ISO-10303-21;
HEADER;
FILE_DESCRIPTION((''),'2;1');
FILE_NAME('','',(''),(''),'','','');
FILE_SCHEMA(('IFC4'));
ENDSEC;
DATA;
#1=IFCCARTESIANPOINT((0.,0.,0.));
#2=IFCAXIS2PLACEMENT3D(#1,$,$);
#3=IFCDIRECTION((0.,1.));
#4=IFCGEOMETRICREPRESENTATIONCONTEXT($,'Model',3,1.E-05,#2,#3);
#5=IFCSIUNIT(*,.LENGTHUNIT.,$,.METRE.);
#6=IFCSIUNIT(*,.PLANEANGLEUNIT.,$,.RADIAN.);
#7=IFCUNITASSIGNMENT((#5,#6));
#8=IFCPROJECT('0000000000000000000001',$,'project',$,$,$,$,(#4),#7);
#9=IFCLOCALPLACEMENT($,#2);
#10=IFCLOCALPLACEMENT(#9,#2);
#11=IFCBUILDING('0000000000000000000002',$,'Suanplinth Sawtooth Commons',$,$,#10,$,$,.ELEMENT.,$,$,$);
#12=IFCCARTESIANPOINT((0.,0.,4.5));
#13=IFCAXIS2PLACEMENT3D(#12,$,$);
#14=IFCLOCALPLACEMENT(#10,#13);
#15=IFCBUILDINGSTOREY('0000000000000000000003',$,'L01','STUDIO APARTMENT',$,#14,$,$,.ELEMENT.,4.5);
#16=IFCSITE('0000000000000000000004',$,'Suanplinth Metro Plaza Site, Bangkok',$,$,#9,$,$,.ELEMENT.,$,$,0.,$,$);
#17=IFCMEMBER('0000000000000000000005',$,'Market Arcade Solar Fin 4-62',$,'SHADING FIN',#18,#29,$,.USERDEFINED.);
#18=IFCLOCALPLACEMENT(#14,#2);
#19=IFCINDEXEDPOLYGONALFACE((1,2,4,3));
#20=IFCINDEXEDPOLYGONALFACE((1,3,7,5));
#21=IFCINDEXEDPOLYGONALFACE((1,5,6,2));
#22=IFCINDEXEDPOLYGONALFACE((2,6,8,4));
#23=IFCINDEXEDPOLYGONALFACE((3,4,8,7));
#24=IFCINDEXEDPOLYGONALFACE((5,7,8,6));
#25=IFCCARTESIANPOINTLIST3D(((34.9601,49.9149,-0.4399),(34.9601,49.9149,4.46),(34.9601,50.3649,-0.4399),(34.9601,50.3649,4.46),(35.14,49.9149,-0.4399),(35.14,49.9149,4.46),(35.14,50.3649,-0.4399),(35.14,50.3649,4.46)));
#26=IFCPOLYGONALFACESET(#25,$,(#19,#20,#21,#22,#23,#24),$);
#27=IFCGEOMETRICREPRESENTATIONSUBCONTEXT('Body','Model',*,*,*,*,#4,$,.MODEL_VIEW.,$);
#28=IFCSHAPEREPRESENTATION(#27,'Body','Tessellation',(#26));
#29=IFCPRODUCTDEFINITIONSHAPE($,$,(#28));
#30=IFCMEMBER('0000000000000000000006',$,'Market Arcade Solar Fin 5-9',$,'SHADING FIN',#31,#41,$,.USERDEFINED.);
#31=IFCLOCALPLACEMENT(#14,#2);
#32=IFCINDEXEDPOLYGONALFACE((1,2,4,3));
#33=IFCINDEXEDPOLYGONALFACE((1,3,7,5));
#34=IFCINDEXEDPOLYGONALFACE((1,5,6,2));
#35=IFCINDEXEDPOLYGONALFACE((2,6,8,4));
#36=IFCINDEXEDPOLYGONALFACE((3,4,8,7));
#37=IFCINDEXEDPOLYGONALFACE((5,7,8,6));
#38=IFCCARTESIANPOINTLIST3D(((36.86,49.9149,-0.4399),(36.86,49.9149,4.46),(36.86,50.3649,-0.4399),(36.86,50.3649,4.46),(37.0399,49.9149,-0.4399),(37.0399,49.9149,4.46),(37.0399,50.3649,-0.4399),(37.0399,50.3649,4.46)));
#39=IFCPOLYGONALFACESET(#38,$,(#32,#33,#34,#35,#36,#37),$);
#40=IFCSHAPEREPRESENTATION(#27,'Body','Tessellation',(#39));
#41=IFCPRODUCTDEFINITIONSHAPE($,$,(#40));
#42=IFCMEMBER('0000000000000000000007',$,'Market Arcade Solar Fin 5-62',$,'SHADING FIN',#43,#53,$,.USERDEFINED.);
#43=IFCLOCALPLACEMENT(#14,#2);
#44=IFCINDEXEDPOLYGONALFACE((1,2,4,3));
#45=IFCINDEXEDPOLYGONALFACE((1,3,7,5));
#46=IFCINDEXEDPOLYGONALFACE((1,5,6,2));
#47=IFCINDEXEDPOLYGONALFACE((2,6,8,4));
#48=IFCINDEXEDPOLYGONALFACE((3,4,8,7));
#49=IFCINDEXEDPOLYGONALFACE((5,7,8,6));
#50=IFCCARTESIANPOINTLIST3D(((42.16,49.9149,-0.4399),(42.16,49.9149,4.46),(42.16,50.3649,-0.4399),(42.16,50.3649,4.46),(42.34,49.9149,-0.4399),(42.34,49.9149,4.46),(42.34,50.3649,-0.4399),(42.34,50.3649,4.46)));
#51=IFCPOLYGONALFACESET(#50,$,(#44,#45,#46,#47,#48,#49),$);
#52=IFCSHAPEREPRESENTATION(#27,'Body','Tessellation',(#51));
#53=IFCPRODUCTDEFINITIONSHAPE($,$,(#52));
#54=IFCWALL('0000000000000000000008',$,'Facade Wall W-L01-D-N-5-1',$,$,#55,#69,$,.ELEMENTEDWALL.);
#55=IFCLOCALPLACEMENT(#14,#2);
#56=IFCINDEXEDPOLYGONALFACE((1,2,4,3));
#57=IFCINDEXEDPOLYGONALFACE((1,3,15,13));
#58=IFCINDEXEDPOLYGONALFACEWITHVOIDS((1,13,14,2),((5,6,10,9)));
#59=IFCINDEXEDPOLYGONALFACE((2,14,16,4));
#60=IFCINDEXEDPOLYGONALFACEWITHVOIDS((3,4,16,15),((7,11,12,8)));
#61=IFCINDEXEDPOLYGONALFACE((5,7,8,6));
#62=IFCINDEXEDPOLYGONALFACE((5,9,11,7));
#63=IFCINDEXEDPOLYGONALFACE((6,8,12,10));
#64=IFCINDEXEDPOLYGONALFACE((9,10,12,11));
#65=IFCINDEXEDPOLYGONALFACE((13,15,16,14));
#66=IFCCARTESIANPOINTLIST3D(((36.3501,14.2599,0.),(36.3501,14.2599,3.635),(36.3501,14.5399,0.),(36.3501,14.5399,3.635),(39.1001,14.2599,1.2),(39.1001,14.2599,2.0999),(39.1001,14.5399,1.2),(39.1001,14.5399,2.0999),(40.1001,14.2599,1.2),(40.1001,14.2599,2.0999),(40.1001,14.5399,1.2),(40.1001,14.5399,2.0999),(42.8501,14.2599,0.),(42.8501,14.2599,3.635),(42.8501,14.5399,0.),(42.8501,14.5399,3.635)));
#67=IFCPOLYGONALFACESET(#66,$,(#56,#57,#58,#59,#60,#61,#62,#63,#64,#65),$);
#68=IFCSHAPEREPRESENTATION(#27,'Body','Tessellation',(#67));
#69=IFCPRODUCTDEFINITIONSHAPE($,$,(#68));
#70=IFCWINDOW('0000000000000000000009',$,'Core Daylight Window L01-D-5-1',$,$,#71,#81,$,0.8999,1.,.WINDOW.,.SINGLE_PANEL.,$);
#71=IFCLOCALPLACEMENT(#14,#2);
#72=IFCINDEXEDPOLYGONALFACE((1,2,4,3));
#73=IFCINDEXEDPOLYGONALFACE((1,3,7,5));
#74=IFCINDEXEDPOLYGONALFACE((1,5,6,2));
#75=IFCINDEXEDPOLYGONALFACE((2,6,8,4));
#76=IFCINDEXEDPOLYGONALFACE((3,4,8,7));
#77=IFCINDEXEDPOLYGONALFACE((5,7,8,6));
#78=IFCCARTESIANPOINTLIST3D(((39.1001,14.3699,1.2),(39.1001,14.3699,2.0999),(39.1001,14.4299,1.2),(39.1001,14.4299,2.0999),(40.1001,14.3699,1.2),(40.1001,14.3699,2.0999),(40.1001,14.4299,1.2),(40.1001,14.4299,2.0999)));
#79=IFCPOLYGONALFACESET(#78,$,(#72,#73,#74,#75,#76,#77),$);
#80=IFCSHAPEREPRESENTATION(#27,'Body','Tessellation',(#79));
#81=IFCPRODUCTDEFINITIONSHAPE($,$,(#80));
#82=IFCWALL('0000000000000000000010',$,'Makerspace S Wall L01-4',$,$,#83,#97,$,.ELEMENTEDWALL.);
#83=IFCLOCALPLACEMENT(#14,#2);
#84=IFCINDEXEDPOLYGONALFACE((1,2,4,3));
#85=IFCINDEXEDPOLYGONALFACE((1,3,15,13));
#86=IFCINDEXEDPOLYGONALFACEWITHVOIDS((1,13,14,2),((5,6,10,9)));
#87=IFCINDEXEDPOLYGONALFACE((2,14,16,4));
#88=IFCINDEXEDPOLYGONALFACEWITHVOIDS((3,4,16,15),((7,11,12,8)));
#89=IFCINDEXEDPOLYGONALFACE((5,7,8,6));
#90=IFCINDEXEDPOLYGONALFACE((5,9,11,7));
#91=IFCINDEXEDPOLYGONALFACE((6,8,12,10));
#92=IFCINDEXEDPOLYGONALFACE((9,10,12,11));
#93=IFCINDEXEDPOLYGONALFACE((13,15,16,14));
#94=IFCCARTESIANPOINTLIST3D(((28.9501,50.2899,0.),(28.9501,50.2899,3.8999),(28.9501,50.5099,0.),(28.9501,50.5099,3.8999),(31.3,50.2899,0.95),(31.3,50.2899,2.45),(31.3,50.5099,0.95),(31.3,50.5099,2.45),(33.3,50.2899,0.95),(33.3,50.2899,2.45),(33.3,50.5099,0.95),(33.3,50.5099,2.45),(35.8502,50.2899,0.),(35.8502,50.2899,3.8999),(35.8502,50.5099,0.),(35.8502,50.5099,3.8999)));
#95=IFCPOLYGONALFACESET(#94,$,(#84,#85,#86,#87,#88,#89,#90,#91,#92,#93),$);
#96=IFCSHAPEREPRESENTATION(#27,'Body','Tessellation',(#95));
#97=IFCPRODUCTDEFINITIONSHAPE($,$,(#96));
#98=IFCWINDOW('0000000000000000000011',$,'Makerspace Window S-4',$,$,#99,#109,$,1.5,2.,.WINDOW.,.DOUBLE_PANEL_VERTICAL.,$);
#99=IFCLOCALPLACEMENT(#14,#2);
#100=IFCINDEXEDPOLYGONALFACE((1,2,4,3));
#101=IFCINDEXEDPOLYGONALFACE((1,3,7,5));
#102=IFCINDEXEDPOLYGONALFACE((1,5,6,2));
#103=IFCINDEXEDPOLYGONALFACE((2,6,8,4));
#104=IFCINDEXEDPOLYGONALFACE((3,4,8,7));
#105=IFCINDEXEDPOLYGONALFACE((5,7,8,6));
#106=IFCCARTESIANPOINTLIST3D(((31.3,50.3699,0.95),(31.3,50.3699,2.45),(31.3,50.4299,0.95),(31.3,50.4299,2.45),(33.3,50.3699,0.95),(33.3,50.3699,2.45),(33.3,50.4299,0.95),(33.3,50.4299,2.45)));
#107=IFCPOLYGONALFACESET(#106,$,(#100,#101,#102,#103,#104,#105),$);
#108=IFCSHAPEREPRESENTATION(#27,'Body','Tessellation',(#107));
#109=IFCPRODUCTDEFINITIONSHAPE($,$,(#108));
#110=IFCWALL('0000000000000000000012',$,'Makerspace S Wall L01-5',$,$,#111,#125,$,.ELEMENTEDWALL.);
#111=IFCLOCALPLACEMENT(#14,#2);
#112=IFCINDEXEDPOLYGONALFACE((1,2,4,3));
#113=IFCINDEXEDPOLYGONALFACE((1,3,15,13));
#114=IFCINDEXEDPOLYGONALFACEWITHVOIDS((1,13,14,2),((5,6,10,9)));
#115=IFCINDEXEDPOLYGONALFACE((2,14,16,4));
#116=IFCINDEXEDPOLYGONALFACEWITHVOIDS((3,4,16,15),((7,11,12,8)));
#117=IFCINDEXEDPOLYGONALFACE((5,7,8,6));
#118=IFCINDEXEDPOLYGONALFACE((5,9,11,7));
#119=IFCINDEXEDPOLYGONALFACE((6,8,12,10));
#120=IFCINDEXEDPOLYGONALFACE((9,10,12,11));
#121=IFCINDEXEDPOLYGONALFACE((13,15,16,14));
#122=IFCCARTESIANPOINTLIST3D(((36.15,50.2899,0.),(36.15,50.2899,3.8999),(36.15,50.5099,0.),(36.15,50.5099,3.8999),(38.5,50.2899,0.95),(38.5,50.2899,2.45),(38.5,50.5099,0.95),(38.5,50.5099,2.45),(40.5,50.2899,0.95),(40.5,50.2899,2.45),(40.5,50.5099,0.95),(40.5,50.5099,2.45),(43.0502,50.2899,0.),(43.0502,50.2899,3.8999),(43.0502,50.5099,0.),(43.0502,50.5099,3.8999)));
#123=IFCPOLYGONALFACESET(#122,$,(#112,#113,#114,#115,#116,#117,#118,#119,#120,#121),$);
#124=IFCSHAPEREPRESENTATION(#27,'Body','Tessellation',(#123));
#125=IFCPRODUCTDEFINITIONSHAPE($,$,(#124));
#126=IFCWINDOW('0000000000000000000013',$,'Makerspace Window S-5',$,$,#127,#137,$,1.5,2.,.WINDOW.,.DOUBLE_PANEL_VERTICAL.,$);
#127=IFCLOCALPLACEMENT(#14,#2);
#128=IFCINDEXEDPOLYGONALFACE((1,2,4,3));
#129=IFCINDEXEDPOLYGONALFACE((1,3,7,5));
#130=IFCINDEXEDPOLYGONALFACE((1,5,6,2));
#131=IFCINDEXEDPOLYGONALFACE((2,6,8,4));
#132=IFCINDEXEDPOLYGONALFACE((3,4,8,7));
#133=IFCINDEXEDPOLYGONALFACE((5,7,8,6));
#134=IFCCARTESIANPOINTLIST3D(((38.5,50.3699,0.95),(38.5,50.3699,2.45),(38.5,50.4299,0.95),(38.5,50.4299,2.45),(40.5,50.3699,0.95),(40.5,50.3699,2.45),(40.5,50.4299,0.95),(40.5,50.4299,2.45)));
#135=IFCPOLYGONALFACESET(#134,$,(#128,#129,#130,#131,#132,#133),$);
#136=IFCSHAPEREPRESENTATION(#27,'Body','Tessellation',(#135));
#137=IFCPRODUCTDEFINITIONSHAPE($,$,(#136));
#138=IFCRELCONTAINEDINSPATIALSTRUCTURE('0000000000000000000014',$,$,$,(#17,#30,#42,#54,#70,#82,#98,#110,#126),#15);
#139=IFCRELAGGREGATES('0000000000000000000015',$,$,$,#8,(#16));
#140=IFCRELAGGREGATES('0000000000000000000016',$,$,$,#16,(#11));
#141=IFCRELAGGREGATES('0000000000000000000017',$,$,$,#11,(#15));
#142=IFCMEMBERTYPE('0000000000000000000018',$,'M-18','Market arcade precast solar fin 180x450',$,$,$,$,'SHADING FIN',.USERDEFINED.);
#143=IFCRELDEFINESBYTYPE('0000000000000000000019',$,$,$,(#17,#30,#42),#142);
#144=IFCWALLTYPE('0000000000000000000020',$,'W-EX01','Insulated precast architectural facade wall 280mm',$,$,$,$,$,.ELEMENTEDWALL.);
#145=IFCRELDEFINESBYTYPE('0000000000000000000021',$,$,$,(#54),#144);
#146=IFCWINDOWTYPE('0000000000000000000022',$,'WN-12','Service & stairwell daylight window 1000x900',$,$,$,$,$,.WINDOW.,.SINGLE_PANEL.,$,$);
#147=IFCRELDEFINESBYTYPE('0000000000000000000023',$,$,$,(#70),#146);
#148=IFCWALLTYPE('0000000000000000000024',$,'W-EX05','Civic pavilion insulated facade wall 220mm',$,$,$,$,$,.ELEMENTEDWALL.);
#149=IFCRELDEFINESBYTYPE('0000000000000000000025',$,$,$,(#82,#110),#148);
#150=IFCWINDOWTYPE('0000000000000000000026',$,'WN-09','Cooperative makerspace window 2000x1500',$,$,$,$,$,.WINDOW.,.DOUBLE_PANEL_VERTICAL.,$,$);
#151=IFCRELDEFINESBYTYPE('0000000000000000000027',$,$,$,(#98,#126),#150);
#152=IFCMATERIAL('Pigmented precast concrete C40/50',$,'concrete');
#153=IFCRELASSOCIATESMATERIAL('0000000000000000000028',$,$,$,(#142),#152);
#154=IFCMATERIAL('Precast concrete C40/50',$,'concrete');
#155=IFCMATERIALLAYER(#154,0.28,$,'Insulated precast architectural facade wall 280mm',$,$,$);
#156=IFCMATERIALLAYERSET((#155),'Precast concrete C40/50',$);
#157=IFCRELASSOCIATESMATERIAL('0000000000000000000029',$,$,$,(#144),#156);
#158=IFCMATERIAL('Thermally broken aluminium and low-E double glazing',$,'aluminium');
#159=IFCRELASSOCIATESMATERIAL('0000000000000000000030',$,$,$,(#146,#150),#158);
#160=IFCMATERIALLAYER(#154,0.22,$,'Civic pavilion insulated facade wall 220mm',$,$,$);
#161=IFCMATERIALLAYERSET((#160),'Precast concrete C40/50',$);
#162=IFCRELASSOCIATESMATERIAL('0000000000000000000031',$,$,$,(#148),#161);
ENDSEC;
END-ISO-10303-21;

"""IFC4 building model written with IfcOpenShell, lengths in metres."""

from ifc_helpers import new_model, si_unit, direction, frame, frame_2d, origin, origin_2d, place, context, subcontext, project, spatial, rectangle, extrude, material, layer, layer_set, material_profile, profile_set, type_object, element, fill, save


model = new_model("IFC4")

# Units and contexts
model_context = context("Model", 3, precision=1e-05, world=origin(), true_north=direction((0.0, 1.0)))
body_context = subcontext(model_context, "Body", "Model", "MODEL_VIEW")
ifc_project = project(units=[si_unit("LENGTHUNIT", "METRE"), si_unit("PLANEANGLEUNIT", "RADIAN")], contexts=[model_context])

# Site, building, storey
site_placement = place(None, origin())
site = spatial("IfcSite", under=ifc_project, at=site_placement, Name="Suanplinth Metro Plaza Site, Bangkok", CompositionType="ELEMENT", RefElevation=0.0)
building_placement = place(site_placement, origin())
building = spatial("IfcBuilding", under=site, at=building_placement, Name="Suanplinth Sawtooth Commons", CompositionType="ELEMENT")
storey_placement = place(building_placement, frame((0.0, 0.0, 4.5)))
storey = spatial("IfcBuildingStorey", under=building, at=storey_placement, Name="L01", Description="STUDIO APARTMENT", CompositionType="ELEMENT", Elevation=4.5)

# Shared definitions
ifc_material_1 = material(Name="Precast concrete C40/50", Category="concrete")

# Members
ifc_material_2 = material(Name="Pigmented precast concrete C40/50", Category="concrete")
ifc_material_profile_1 = material_profile(ifc_material_2, rectangle(XDim=0.1799, YDim=0.45, at=origin_2d()), Name="PC-FIN 180x450")
ifc_profile_set_1 = profile_set([ifc_material_profile_1], Name="Pigmented precast concrete C40/50")
member_type_1 = type_object("IfcMemberType", Name="M-18", Description="Market arcade precast solar fin 180x450", ElementType="SHADING FIN", PredefinedType="USERDEFINED", material=ifc_profile_set_1)
for number, where, z_axis, x_axis, name in (
    (1, (35.05, 50.1399, -0.4399), (0.0, 0.0, 1.0), (1.0, 0.0, 0.0), "Market Arcade Solar Fin 4-62"),
    (2, (36.95, 50.1399, -0.4399), (0.0, 0.0, 1.0), (1.0, 0.0, 0.0), "Market Arcade Solar Fin 5-9"),
    (3, (42.25, 50.1399, -0.4399), (0.0, 0.0, 1.0), (1.0, 0.0, 0.0), "Market Arcade Solar Fin 5-62"),
):
    element("IfcMember", number, at=place(storey_placement, frame(where, z_axis=z_axis, x_axis=x_axis)), inside=storey, type_object=member_type_1, Name=name, ObjectType="SHADING FIN", PredefinedType="USERDEFINED", context=body_context, shape_type="SweptSolid", body=[
        extrude(rectangle(XDim=0.1799, YDim=0.45, at=origin_2d()), origin(), (0.0, 0.0, 1.0), 4.8999),
    ])

# Walls, openings, windows
ifc_layer_1 = layer(ifc_material_1, 0.28, Name="Insulated precast architectural facade wall 280mm")
ifc_layer_set_1 = layer_set([ifc_layer_1], Name="Precast concrete C40/50")
wall_type_1 = type_object("IfcWallType", Name="W-EX01", Description="Insulated precast architectural facade wall 280mm", PredefinedType="ELEMENTEDWALL", material=ifc_layer_set_1)
wall_1_placement = place(storey_placement, frame((36.3501, 14.3999, 0.0), z_axis=(0.0, 0.0, 1.0), x_axis=(1.0, 0.0, 0.0)))
wall_1 = element("IfcWall", 4, at=wall_1_placement, inside=storey, type_object=wall_type_1, Name="Facade Wall W-L01-D-N-5-1", PredefinedType="ELEMENTEDWALL", context=body_context, shape_type="SweptSolid", body=[
    extrude(rectangle(XDim=6.5, YDim=0.28, at=frame_2d((3.25, 0.0))), origin(), (0.0, 0.0, 1.0), 3.635),
])
opening_1_placement = place(wall_1_placement, frame((2.75, 0.0, 1.2)))
opening_1 = element("IfcOpeningElement", 5, at=opening_1_placement, cuts=wall_1, PredefinedType="OPENING", context=body_context, shape_type="SweptSolid", body=[
    extrude(rectangle(XDim=1.0, YDim=0.8999, at=frame_2d((0.5, 0.45))), frame((0.0, 0.1548, 0.0), z_axis=(0.0, -1.0, 0.0), x_axis=(1.0, 0.0, 0.0)), (0.0, 0.0, 1.0), 0.3098),
])
ifc_material_3 = material(Name="Thermally broken aluminium and low-E double glazing", Category="aluminium")
window_type_1 = type_object("IfcWindowType", Name="WN-12", Description="Service & stairwell daylight window 1000x900", PartitioningType="SINGLE_PANEL", PredefinedType="WINDOW", material=ifc_material_3)
window_1_placement = place(opening_1_placement, origin())
window_1 = element("IfcWindow", 6, at=window_1_placement, inside=storey, type_object=window_type_1, Name="Core Daylight Window L01-D-5-1", OverallHeight=0.8999, OverallWidth=1.0, PartitioningType="SINGLE_PANEL", PredefinedType="WINDOW", context=body_context, shape_type="SweptSolid", body=[
    extrude(rectangle(XDim=1.0, YDim=0.8999, at=frame_2d((0.5, 0.45))), frame((0.0, 0.03, 0.0), z_axis=(0.0, -1.0, 0.0), x_axis=(1.0, 0.0, 0.0)), (0.0, 0.0, 1.0), 0.0601),
])
fill(opening_1, window_1)
ifc_layer_2 = layer(ifc_material_1, 0.22, Name="Civic pavilion insulated facade wall 220mm")
ifc_layer_set_2 = layer_set([ifc_layer_2], Name="Precast concrete C40/50")
wall_type_2 = type_object("IfcWallType", Name="W-EX05", Description="Civic pavilion insulated facade wall 220mm", PredefinedType="ELEMENTEDWALL", material=ifc_layer_set_2)
wall_2_placement = place(storey_placement, frame((28.95, 50.3999, 0.0), z_axis=(0.0, 0.0, 1.0), x_axis=(1.0, 0.0, 0.0)))
wall_2 = element("IfcWall", 7, at=wall_2_placement, inside=storey, type_object=wall_type_2, Name="Makerspace S Wall L01-4", PredefinedType="ELEMENTEDWALL", context=body_context, shape_type="SweptSolid", body=[
    extrude(rectangle(XDim=6.9001, YDim=0.22, at=frame_2d((3.4502, 0.0))), origin(), (0.0, 0.0, 1.0), 3.8999),
])
opening_2_placement = place(wall_2_placement, frame((2.3501, 0.0, 0.95)))
opening_2 = element("IfcOpeningElement", 8, at=opening_2_placement, cuts=wall_2, PredefinedType="OPENING", context=body_context, shape_type="SweptSolid", body=[
    extrude(rectangle(XDim=2.0, YDim=1.5, at=frame_2d((1.0, 0.75))), frame((0.0, 0.125, 0.0), z_axis=(0.0, -1.0, 0.0), x_axis=(1.0, 0.0, 0.0)), (0.0, 0.0, 1.0), 0.2498),
])
window_type_2 = type_object("IfcWindowType", Name="WN-09", Description="Cooperative makerspace window 2000x1500", PartitioningType="DOUBLE_PANEL_VERTICAL", PredefinedType="WINDOW", material=ifc_material_3)
window_2_placement = place(opening_2_placement, origin())
window_2 = element("IfcWindow", 9, at=window_2_placement, inside=storey, type_object=window_type_2, Name="Makerspace Window S-4", OverallHeight=1.5, OverallWidth=2.0, PartitioningType="DOUBLE_PANEL_VERTICAL", PredefinedType="WINDOW", context=body_context, shape_type="SweptSolid", body=[
    extrude(rectangle(XDim=2.0, YDim=1.5, at=frame_2d((1.0, 0.75))), frame((0.0, 0.03, 0.0), z_axis=(0.0, -1.0, 0.0), x_axis=(1.0, 0.0, 0.0)), (0.0, 0.0, 1.0), 0.0601),
])
fill(opening_2, window_2)
wall_3_placement = place(storey_placement, frame((36.1499, 50.3999, 0.0), z_axis=(0.0, 0.0, 1.0), x_axis=(1.0, 0.0, 0.0)))
wall_3 = element("IfcWall", 10, at=wall_3_placement, inside=storey, type_object=wall_type_2, Name="Makerspace S Wall L01-5", PredefinedType="ELEMENTEDWALL", context=body_context, shape_type="SweptSolid", body=[
    extrude(rectangle(XDim=6.9001, YDim=0.22, at=frame_2d((3.4502, 0.0))), origin(), (0.0, 0.0, 1.0), 3.8999),
])
opening_3_placement = place(wall_3_placement, frame((2.3501, 0.0, 0.95)))
opening_3 = element("IfcOpeningElement", 11, at=opening_3_placement, cuts=wall_3, PredefinedType="OPENING", context=body_context, shape_type="SweptSolid", body=[
    extrude(rectangle(XDim=2.0, YDim=1.5, at=frame_2d((1.0, 0.75))), frame((0.0, 0.125, 0.0), z_axis=(0.0, -1.0, 0.0), x_axis=(1.0, 0.0, 0.0)), (0.0, 0.0, 1.0), 0.2498),
])
window_3_placement = place(opening_3_placement, origin())
window_3 = element("IfcWindow", 12, at=window_3_placement, inside=storey, type_object=window_type_2, Name="Makerspace Window S-5", OverallHeight=1.5, OverallWidth=2.0, PartitioningType="DOUBLE_PANEL_VERTICAL", PredefinedType="WINDOW", context=body_context, shape_type="SweptSolid", body=[
    extrude(rectangle(XDim=2.0, YDim=1.5, at=frame_2d((1.0, 0.75))), frame((0.0, 0.03, 0.0), z_axis=(0.0, -1.0, 0.0), x_axis=(1.0, 0.0, 0.0)), (0.0, 0.0, 1.0), 0.0601),
])
fill(opening_3, window_3)

save(model, "model.ifc")
